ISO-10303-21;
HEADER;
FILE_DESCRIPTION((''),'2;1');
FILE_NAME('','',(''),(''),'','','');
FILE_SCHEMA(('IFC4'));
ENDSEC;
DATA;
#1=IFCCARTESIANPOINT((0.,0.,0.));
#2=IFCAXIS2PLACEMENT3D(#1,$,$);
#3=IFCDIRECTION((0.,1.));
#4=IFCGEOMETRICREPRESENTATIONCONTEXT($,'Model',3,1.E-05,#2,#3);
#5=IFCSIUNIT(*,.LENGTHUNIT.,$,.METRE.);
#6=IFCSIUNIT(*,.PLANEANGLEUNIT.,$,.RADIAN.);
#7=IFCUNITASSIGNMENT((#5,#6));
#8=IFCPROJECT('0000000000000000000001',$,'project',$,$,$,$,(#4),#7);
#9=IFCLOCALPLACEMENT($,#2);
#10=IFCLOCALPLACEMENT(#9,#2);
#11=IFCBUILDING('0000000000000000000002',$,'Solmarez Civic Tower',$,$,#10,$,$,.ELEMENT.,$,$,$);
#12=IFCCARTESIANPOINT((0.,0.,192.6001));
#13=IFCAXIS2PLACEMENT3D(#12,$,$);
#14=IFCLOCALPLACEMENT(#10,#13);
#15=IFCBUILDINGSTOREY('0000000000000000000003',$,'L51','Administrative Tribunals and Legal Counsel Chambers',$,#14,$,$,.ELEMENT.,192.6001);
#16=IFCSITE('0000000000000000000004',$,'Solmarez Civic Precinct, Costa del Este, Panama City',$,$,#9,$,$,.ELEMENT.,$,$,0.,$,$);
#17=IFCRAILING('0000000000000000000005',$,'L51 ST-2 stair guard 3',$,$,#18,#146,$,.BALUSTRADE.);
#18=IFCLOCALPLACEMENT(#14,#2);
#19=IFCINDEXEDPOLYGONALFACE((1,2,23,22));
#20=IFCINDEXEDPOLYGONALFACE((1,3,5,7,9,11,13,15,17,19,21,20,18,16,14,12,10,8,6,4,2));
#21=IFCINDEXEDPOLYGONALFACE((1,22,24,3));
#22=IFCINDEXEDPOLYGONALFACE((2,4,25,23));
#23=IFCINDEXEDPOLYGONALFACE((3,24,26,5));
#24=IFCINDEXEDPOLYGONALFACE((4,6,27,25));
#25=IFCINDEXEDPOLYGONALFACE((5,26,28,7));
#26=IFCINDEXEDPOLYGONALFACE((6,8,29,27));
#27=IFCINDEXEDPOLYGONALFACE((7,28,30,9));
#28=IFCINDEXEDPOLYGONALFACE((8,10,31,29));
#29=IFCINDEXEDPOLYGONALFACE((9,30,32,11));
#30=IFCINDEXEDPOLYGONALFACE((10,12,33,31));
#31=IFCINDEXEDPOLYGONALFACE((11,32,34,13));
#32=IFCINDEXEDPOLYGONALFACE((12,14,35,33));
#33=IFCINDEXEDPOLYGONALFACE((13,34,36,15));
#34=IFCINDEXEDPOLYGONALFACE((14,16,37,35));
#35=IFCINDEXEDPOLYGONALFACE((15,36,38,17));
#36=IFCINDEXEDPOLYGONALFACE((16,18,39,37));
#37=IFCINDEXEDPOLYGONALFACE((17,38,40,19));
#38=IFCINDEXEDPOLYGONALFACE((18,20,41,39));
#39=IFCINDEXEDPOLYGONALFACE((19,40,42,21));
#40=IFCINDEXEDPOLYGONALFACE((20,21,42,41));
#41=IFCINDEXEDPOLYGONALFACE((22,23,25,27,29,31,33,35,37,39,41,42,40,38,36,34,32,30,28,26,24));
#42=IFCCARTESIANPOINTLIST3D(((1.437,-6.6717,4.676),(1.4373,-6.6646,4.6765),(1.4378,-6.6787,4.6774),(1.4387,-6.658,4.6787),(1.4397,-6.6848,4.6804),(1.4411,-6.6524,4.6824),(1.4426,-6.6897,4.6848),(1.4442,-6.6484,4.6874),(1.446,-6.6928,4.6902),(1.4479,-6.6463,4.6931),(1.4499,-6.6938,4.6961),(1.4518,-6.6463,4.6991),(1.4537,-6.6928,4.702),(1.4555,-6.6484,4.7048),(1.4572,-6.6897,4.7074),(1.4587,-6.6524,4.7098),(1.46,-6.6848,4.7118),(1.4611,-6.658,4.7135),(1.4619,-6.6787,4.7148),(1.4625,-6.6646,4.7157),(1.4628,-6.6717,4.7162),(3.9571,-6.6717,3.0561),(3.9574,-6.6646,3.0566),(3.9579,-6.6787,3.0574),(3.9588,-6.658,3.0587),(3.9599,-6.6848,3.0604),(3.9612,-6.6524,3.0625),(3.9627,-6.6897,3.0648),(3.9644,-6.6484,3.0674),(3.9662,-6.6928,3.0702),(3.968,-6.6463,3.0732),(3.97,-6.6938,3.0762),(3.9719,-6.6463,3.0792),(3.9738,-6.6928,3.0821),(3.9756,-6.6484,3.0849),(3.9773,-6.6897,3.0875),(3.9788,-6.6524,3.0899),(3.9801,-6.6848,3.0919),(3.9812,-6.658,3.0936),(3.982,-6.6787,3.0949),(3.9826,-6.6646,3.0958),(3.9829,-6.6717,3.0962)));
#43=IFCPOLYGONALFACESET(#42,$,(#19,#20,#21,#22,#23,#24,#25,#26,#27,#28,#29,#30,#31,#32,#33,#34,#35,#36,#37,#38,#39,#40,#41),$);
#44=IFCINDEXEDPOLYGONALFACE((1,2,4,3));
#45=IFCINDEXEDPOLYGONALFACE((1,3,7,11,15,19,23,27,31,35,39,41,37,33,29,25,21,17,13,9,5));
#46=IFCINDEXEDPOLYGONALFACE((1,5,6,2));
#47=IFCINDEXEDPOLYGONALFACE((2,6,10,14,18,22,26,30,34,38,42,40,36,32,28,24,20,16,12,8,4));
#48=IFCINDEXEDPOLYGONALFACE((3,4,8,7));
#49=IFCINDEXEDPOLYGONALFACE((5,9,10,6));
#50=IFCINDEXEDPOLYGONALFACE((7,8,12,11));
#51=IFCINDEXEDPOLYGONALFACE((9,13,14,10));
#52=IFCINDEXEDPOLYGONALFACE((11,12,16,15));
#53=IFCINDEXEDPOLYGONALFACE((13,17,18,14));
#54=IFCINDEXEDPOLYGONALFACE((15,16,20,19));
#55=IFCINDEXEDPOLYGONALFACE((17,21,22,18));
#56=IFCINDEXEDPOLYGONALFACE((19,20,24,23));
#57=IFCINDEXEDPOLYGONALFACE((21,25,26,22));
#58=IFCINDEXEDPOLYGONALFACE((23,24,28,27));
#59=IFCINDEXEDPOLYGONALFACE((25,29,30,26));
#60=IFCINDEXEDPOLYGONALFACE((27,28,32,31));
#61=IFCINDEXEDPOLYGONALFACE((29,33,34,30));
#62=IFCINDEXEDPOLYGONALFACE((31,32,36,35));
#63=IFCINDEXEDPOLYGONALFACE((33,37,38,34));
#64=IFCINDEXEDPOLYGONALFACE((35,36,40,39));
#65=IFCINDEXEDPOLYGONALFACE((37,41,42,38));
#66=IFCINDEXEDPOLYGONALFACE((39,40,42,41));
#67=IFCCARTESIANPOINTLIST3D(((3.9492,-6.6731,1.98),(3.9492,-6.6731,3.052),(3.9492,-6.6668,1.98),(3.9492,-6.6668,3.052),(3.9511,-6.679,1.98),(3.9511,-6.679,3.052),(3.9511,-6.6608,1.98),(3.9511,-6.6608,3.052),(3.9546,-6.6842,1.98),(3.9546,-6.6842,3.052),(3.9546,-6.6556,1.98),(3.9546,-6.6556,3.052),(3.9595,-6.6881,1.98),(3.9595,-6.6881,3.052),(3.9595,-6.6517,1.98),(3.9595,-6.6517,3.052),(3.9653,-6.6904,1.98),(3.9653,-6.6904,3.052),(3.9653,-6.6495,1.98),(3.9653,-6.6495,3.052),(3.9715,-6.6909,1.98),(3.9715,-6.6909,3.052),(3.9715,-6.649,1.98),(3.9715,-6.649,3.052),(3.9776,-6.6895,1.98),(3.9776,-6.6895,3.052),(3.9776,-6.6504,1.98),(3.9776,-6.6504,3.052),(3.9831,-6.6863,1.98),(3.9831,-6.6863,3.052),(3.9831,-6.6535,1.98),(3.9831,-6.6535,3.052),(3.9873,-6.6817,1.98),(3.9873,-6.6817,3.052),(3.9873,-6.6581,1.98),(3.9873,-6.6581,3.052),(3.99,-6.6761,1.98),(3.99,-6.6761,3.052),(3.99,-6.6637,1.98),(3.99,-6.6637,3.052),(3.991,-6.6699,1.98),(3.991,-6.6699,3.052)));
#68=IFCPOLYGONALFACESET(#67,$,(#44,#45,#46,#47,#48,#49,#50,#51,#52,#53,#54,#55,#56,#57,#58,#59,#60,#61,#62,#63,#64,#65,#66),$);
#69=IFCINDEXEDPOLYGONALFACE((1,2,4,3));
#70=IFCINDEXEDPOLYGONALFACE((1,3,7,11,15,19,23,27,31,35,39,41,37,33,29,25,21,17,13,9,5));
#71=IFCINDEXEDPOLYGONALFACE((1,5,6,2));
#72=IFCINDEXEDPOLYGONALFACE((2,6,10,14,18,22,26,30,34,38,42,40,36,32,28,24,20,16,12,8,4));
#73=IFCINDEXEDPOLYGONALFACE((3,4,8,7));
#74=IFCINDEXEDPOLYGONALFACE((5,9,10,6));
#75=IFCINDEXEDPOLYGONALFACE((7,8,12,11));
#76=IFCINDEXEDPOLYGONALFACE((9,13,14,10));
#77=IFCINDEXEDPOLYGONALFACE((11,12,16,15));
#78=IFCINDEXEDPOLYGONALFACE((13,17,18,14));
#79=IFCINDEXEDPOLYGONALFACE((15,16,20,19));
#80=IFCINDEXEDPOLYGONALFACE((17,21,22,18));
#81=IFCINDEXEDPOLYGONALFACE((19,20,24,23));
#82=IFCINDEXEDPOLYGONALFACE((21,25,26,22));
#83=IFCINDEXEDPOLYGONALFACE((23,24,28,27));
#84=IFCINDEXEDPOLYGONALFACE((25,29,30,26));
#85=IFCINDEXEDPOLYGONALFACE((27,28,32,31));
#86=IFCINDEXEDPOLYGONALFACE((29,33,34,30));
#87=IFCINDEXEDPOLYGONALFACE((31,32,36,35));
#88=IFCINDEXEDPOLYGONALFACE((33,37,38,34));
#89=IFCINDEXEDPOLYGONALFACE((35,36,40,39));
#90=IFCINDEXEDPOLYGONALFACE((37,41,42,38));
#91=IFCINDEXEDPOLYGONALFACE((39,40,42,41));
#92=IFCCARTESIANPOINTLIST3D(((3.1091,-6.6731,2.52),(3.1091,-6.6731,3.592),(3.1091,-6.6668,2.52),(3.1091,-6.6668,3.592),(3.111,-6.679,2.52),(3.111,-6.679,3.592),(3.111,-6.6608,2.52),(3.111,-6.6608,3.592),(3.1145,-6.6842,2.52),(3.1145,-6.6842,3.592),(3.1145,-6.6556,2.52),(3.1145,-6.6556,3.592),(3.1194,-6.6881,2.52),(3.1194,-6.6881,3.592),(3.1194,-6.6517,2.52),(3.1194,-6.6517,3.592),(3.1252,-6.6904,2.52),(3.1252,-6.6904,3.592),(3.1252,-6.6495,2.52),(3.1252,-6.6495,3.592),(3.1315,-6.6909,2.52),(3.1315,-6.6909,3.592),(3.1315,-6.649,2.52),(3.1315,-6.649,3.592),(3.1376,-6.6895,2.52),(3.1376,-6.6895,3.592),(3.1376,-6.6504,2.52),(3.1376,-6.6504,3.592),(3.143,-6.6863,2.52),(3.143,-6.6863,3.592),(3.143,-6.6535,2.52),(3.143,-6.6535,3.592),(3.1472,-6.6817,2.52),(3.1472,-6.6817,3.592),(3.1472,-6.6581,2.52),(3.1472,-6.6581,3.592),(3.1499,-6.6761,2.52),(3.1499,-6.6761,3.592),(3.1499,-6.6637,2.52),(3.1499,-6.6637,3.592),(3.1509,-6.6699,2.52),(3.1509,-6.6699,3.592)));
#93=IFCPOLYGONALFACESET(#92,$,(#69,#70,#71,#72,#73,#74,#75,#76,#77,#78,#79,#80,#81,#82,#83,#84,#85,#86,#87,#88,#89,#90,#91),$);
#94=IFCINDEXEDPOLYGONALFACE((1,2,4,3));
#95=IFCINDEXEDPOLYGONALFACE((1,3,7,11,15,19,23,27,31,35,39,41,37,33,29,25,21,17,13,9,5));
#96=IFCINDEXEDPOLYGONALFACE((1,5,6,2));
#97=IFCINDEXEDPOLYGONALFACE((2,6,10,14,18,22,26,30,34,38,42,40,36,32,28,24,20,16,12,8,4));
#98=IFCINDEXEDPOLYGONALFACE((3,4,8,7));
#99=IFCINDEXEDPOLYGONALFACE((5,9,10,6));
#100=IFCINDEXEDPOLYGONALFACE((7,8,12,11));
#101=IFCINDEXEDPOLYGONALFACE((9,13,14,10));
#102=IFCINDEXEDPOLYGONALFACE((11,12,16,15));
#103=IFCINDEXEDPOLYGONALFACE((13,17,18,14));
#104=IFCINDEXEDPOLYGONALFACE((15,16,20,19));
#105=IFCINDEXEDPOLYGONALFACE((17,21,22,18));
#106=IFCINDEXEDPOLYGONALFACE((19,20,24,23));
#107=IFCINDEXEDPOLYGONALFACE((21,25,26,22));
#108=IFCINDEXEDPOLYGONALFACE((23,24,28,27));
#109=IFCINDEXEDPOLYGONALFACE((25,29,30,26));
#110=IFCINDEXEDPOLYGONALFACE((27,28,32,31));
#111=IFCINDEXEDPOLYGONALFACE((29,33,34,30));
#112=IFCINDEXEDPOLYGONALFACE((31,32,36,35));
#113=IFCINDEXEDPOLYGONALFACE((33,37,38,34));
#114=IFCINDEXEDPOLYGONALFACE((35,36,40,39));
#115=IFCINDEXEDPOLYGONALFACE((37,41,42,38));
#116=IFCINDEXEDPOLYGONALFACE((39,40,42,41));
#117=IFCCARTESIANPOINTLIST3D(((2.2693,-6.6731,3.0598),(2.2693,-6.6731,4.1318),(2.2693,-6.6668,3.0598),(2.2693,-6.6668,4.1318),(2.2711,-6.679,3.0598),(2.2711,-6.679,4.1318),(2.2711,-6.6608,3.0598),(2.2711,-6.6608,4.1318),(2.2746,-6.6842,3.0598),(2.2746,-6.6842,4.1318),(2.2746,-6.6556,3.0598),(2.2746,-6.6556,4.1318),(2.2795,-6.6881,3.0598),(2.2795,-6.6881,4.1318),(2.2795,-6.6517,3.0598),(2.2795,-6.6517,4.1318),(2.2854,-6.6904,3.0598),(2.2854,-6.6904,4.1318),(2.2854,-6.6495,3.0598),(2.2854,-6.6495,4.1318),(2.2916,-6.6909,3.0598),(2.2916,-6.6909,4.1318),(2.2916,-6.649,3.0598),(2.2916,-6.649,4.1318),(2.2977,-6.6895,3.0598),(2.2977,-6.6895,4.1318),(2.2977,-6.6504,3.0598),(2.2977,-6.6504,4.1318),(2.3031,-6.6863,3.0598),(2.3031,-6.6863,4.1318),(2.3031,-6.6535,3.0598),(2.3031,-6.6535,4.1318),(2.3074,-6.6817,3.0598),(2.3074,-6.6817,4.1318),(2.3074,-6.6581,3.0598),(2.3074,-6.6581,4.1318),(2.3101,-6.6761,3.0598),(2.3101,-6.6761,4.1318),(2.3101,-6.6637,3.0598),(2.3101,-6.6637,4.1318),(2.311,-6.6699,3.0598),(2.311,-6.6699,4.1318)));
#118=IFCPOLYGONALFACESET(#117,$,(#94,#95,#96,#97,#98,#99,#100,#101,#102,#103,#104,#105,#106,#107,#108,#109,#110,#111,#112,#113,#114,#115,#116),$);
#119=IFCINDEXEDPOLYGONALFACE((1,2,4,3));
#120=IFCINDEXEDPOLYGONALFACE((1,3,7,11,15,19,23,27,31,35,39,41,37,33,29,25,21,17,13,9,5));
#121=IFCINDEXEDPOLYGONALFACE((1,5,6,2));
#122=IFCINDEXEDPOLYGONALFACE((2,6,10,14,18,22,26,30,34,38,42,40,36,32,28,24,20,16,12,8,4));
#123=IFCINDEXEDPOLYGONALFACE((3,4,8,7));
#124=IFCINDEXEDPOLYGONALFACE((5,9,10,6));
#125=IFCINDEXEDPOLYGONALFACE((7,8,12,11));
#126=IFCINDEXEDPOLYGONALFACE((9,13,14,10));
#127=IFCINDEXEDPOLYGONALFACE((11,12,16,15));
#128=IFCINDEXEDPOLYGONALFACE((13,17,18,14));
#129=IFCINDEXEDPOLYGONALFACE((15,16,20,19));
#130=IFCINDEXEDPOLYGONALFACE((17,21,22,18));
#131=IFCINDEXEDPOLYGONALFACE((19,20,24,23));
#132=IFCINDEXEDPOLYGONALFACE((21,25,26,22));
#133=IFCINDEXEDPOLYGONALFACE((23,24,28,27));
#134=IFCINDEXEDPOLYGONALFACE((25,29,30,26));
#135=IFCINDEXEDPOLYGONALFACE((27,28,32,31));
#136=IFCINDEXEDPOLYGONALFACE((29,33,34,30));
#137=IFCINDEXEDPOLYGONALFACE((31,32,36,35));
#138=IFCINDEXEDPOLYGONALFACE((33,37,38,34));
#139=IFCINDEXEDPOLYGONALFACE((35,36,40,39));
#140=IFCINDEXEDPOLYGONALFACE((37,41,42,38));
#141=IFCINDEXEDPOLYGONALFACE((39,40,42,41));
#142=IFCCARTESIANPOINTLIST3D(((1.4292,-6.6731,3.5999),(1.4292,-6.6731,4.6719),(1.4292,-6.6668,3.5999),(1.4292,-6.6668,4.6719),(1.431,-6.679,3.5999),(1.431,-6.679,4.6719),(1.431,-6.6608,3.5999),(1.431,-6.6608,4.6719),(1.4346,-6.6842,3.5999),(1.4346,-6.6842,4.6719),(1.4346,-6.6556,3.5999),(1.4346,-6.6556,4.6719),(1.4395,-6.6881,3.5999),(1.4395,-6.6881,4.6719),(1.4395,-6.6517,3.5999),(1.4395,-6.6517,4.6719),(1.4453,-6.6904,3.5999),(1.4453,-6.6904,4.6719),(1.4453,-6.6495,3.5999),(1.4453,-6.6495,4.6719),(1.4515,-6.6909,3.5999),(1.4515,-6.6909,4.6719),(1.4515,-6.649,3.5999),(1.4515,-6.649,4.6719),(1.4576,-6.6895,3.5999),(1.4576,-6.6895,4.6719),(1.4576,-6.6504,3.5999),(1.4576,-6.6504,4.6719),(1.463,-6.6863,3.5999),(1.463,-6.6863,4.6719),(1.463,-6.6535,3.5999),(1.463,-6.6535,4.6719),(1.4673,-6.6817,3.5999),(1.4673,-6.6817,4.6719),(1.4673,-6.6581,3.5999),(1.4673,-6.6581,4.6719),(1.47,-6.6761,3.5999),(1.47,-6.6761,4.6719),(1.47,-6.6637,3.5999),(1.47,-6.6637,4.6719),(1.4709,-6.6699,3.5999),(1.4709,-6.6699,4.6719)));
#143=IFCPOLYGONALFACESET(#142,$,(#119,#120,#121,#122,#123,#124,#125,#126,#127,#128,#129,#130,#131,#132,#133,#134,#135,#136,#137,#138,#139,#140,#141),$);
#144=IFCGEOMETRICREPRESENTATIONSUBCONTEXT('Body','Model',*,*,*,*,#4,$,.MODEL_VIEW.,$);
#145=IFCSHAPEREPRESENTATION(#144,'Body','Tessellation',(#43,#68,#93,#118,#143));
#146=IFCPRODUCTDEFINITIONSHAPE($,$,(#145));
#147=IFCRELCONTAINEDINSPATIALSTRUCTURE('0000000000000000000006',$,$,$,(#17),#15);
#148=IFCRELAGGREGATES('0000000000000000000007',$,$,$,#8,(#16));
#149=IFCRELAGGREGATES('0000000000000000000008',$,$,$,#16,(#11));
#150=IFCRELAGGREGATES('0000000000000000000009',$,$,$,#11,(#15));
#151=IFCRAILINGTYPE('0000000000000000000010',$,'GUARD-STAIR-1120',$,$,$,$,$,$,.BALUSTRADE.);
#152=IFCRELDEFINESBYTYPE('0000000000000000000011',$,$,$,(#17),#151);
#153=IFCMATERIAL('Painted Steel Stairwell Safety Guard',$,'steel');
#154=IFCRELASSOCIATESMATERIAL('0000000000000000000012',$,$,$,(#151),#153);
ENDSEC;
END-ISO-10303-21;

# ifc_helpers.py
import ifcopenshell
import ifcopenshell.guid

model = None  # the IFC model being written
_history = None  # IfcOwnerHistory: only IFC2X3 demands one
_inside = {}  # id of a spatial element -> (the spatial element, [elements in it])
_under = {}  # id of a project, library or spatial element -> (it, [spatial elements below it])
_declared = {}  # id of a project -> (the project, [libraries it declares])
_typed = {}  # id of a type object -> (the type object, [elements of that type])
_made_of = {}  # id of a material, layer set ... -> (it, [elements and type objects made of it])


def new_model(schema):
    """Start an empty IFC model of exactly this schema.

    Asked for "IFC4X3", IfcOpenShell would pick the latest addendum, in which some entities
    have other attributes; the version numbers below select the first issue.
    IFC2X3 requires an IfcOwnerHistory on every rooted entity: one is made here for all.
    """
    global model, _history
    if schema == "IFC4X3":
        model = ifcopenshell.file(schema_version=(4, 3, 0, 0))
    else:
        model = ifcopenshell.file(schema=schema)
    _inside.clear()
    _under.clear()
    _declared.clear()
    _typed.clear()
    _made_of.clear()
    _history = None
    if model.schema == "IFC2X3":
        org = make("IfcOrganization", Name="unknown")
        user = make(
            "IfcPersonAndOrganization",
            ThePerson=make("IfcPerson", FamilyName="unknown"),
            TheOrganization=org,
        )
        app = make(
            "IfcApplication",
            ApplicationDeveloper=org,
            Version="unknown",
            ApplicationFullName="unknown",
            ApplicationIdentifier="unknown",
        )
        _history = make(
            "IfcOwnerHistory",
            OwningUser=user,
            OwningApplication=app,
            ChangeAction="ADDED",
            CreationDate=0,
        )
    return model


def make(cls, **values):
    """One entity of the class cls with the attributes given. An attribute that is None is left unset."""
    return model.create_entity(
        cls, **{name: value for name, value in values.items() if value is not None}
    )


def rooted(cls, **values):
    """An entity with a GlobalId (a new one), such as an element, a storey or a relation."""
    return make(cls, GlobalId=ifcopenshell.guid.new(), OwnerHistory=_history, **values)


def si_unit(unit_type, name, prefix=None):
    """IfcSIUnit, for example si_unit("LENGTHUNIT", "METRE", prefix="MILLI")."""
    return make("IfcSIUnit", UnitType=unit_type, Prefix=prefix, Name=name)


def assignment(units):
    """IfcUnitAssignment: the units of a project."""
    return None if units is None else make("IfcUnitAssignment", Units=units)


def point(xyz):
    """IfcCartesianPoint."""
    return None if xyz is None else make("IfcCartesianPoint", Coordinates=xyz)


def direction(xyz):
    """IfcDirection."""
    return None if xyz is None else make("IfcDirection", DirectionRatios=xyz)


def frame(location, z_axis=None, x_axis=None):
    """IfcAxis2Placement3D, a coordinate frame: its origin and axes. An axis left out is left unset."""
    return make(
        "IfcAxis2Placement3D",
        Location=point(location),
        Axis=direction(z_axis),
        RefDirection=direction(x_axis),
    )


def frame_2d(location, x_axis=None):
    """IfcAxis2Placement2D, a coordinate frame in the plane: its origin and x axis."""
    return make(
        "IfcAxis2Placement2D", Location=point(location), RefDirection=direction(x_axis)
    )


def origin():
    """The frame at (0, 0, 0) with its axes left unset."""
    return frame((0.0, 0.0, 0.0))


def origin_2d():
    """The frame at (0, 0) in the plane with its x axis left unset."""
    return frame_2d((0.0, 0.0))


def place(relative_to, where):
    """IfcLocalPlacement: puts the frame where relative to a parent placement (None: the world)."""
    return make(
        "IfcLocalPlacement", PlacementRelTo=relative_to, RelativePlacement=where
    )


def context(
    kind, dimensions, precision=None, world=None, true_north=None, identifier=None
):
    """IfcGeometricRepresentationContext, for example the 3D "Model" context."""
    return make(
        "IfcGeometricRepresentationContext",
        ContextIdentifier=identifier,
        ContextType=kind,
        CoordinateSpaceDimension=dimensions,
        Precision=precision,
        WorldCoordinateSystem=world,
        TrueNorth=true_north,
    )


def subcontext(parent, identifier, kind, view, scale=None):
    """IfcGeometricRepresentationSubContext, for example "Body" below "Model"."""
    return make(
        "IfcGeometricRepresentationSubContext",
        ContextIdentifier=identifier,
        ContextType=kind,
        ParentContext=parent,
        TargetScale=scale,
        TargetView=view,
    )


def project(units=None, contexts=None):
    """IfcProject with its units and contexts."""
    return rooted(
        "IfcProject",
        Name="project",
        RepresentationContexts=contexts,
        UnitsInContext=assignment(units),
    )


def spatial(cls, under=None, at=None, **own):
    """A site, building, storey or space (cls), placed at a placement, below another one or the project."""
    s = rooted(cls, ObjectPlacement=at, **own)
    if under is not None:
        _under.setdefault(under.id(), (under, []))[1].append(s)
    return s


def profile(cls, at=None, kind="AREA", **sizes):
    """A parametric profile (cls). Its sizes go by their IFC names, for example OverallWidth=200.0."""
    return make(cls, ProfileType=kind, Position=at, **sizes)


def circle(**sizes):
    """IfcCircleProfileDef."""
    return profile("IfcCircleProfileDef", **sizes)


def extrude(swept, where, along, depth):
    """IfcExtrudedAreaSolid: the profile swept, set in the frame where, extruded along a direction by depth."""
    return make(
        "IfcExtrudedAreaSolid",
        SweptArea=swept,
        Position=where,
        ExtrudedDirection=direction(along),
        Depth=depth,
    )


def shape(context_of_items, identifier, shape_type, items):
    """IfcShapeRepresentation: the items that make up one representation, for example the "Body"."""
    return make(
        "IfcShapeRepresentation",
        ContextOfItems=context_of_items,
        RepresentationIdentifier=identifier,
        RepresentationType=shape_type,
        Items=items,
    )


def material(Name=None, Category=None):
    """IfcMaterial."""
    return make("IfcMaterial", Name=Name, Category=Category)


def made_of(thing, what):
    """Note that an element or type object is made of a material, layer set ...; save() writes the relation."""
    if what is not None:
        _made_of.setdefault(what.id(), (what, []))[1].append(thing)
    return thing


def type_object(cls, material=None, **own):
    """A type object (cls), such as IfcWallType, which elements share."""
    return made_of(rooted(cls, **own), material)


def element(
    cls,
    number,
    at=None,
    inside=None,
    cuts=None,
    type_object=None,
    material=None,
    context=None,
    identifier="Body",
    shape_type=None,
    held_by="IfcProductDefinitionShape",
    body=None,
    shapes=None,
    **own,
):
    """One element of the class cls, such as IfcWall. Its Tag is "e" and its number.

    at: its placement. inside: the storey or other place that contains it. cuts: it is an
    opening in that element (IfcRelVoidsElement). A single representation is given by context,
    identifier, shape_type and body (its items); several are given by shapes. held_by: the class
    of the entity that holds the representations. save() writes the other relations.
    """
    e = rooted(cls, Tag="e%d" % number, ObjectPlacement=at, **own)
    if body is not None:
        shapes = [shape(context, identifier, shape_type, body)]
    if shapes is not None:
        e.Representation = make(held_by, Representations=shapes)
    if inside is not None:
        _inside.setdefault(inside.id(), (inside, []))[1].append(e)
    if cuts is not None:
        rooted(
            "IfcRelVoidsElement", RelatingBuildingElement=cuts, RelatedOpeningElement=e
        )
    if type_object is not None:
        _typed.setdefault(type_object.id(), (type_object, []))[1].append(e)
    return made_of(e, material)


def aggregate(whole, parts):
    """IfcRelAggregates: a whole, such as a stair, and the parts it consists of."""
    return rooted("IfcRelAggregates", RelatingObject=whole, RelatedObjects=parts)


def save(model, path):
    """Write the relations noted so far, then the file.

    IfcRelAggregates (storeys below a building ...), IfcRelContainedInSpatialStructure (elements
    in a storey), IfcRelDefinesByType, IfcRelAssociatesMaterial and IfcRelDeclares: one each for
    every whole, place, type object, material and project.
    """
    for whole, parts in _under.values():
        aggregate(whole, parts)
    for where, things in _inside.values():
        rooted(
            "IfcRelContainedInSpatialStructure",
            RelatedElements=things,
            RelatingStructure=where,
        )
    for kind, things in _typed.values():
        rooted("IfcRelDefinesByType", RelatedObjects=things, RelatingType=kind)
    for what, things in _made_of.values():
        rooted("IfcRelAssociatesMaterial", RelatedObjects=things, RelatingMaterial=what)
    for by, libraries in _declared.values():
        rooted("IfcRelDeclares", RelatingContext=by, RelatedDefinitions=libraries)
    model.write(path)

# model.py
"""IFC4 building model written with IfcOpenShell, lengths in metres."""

from ifc_helpers import new_model, si_unit, direction, frame, origin, origin_2d, place, context, subcontext, project, spatial, circle, extrude, material, type_object, element, save


model = new_model("IFC4")

# Units and contexts
model_context = context("Model", 3, precision=1e-05, world=origin(), true_north=direction((0.0, 1.0)))
body_context = subcontext(model_context, "Body", "Model", "MODEL_VIEW")
ifc_project = project(units=[si_unit("LENGTHUNIT", "METRE"), si_unit("PLANEANGLEUNIT", "RADIAN")], contexts=[model_context])

# Site, building, storey
site_placement = place(None, origin())
site = spatial("IfcSite", under=ifc_project, at=site_placement, Name="Solmarez Civic Precinct, Costa del Este, Panama City", CompositionType="ELEMENT", RefElevation=0.0)
building_placement = place(site_placement, origin())
building = spatial("IfcBuilding", under=site, at=building_placement, Name="Solmarez Civic Tower", CompositionType="ELEMENT")
storey_placement = place(building_placement, frame((0.0, 0.0, 192.6001)))
storey = spatial("IfcBuildingStorey", under=building, at=storey_placement, Name="L51", Description="Administrative Tribunals and Legal Counsel Chambers", CompositionType="ELEMENT", Elevation=192.6001)

# Railing
ifc_material_1 = material(Name="Painted Steel Stairwell Safety Guard", Category="steel")
railing_type_1 = type_object("IfcRailingType", Name="GUARD-STAIR-1120", PredefinedType="BALUSTRADE", material=ifc_material_1)
railing_1_placement = place(storey_placement, frame((3.97, -6.6699, 1.98)))
element("IfcRailing", 1, at=railing_1_placement, inside=storey, type_object=railing_type_1, Name="L51 ST-2 stair guard 3", PredefinedType="BALUSTRADE", context=body_context, shape_type="SweptSolid", body=[
    extrude(circle(Radius=0.0239, at=origin_2d()), frame((0.0, 0.0, 1.0962), z_axis=(-0.8412, 0.0, 0.540725), x_axis=(0.0, -1.0, 0.0)), (0.0, 0.0, 1.0), 2.9958),
    extrude(circle(Radius=0.021, at=origin_2d()), origin(), (0.0, 0.0, 1.0), 1.072),
    extrude(circle(Radius=0.021, at=origin_2d()), frame((-0.8401, 0.0, 0.54)), (0.0, 0.0, 1.0), 1.072),
    extrude(circle(Radius=0.021, at=origin_2d()), frame((-1.6799, 0.0, 1.0798)), (0.0, 0.0, 1.0), 1.072),
    extrude(circle(Radius=0.021, at=origin_2d()), frame((-2.52, 0.0, 1.6199)), (0.0, 0.0, 1.0), 1.072),
])

save(model, "model.ifc")
